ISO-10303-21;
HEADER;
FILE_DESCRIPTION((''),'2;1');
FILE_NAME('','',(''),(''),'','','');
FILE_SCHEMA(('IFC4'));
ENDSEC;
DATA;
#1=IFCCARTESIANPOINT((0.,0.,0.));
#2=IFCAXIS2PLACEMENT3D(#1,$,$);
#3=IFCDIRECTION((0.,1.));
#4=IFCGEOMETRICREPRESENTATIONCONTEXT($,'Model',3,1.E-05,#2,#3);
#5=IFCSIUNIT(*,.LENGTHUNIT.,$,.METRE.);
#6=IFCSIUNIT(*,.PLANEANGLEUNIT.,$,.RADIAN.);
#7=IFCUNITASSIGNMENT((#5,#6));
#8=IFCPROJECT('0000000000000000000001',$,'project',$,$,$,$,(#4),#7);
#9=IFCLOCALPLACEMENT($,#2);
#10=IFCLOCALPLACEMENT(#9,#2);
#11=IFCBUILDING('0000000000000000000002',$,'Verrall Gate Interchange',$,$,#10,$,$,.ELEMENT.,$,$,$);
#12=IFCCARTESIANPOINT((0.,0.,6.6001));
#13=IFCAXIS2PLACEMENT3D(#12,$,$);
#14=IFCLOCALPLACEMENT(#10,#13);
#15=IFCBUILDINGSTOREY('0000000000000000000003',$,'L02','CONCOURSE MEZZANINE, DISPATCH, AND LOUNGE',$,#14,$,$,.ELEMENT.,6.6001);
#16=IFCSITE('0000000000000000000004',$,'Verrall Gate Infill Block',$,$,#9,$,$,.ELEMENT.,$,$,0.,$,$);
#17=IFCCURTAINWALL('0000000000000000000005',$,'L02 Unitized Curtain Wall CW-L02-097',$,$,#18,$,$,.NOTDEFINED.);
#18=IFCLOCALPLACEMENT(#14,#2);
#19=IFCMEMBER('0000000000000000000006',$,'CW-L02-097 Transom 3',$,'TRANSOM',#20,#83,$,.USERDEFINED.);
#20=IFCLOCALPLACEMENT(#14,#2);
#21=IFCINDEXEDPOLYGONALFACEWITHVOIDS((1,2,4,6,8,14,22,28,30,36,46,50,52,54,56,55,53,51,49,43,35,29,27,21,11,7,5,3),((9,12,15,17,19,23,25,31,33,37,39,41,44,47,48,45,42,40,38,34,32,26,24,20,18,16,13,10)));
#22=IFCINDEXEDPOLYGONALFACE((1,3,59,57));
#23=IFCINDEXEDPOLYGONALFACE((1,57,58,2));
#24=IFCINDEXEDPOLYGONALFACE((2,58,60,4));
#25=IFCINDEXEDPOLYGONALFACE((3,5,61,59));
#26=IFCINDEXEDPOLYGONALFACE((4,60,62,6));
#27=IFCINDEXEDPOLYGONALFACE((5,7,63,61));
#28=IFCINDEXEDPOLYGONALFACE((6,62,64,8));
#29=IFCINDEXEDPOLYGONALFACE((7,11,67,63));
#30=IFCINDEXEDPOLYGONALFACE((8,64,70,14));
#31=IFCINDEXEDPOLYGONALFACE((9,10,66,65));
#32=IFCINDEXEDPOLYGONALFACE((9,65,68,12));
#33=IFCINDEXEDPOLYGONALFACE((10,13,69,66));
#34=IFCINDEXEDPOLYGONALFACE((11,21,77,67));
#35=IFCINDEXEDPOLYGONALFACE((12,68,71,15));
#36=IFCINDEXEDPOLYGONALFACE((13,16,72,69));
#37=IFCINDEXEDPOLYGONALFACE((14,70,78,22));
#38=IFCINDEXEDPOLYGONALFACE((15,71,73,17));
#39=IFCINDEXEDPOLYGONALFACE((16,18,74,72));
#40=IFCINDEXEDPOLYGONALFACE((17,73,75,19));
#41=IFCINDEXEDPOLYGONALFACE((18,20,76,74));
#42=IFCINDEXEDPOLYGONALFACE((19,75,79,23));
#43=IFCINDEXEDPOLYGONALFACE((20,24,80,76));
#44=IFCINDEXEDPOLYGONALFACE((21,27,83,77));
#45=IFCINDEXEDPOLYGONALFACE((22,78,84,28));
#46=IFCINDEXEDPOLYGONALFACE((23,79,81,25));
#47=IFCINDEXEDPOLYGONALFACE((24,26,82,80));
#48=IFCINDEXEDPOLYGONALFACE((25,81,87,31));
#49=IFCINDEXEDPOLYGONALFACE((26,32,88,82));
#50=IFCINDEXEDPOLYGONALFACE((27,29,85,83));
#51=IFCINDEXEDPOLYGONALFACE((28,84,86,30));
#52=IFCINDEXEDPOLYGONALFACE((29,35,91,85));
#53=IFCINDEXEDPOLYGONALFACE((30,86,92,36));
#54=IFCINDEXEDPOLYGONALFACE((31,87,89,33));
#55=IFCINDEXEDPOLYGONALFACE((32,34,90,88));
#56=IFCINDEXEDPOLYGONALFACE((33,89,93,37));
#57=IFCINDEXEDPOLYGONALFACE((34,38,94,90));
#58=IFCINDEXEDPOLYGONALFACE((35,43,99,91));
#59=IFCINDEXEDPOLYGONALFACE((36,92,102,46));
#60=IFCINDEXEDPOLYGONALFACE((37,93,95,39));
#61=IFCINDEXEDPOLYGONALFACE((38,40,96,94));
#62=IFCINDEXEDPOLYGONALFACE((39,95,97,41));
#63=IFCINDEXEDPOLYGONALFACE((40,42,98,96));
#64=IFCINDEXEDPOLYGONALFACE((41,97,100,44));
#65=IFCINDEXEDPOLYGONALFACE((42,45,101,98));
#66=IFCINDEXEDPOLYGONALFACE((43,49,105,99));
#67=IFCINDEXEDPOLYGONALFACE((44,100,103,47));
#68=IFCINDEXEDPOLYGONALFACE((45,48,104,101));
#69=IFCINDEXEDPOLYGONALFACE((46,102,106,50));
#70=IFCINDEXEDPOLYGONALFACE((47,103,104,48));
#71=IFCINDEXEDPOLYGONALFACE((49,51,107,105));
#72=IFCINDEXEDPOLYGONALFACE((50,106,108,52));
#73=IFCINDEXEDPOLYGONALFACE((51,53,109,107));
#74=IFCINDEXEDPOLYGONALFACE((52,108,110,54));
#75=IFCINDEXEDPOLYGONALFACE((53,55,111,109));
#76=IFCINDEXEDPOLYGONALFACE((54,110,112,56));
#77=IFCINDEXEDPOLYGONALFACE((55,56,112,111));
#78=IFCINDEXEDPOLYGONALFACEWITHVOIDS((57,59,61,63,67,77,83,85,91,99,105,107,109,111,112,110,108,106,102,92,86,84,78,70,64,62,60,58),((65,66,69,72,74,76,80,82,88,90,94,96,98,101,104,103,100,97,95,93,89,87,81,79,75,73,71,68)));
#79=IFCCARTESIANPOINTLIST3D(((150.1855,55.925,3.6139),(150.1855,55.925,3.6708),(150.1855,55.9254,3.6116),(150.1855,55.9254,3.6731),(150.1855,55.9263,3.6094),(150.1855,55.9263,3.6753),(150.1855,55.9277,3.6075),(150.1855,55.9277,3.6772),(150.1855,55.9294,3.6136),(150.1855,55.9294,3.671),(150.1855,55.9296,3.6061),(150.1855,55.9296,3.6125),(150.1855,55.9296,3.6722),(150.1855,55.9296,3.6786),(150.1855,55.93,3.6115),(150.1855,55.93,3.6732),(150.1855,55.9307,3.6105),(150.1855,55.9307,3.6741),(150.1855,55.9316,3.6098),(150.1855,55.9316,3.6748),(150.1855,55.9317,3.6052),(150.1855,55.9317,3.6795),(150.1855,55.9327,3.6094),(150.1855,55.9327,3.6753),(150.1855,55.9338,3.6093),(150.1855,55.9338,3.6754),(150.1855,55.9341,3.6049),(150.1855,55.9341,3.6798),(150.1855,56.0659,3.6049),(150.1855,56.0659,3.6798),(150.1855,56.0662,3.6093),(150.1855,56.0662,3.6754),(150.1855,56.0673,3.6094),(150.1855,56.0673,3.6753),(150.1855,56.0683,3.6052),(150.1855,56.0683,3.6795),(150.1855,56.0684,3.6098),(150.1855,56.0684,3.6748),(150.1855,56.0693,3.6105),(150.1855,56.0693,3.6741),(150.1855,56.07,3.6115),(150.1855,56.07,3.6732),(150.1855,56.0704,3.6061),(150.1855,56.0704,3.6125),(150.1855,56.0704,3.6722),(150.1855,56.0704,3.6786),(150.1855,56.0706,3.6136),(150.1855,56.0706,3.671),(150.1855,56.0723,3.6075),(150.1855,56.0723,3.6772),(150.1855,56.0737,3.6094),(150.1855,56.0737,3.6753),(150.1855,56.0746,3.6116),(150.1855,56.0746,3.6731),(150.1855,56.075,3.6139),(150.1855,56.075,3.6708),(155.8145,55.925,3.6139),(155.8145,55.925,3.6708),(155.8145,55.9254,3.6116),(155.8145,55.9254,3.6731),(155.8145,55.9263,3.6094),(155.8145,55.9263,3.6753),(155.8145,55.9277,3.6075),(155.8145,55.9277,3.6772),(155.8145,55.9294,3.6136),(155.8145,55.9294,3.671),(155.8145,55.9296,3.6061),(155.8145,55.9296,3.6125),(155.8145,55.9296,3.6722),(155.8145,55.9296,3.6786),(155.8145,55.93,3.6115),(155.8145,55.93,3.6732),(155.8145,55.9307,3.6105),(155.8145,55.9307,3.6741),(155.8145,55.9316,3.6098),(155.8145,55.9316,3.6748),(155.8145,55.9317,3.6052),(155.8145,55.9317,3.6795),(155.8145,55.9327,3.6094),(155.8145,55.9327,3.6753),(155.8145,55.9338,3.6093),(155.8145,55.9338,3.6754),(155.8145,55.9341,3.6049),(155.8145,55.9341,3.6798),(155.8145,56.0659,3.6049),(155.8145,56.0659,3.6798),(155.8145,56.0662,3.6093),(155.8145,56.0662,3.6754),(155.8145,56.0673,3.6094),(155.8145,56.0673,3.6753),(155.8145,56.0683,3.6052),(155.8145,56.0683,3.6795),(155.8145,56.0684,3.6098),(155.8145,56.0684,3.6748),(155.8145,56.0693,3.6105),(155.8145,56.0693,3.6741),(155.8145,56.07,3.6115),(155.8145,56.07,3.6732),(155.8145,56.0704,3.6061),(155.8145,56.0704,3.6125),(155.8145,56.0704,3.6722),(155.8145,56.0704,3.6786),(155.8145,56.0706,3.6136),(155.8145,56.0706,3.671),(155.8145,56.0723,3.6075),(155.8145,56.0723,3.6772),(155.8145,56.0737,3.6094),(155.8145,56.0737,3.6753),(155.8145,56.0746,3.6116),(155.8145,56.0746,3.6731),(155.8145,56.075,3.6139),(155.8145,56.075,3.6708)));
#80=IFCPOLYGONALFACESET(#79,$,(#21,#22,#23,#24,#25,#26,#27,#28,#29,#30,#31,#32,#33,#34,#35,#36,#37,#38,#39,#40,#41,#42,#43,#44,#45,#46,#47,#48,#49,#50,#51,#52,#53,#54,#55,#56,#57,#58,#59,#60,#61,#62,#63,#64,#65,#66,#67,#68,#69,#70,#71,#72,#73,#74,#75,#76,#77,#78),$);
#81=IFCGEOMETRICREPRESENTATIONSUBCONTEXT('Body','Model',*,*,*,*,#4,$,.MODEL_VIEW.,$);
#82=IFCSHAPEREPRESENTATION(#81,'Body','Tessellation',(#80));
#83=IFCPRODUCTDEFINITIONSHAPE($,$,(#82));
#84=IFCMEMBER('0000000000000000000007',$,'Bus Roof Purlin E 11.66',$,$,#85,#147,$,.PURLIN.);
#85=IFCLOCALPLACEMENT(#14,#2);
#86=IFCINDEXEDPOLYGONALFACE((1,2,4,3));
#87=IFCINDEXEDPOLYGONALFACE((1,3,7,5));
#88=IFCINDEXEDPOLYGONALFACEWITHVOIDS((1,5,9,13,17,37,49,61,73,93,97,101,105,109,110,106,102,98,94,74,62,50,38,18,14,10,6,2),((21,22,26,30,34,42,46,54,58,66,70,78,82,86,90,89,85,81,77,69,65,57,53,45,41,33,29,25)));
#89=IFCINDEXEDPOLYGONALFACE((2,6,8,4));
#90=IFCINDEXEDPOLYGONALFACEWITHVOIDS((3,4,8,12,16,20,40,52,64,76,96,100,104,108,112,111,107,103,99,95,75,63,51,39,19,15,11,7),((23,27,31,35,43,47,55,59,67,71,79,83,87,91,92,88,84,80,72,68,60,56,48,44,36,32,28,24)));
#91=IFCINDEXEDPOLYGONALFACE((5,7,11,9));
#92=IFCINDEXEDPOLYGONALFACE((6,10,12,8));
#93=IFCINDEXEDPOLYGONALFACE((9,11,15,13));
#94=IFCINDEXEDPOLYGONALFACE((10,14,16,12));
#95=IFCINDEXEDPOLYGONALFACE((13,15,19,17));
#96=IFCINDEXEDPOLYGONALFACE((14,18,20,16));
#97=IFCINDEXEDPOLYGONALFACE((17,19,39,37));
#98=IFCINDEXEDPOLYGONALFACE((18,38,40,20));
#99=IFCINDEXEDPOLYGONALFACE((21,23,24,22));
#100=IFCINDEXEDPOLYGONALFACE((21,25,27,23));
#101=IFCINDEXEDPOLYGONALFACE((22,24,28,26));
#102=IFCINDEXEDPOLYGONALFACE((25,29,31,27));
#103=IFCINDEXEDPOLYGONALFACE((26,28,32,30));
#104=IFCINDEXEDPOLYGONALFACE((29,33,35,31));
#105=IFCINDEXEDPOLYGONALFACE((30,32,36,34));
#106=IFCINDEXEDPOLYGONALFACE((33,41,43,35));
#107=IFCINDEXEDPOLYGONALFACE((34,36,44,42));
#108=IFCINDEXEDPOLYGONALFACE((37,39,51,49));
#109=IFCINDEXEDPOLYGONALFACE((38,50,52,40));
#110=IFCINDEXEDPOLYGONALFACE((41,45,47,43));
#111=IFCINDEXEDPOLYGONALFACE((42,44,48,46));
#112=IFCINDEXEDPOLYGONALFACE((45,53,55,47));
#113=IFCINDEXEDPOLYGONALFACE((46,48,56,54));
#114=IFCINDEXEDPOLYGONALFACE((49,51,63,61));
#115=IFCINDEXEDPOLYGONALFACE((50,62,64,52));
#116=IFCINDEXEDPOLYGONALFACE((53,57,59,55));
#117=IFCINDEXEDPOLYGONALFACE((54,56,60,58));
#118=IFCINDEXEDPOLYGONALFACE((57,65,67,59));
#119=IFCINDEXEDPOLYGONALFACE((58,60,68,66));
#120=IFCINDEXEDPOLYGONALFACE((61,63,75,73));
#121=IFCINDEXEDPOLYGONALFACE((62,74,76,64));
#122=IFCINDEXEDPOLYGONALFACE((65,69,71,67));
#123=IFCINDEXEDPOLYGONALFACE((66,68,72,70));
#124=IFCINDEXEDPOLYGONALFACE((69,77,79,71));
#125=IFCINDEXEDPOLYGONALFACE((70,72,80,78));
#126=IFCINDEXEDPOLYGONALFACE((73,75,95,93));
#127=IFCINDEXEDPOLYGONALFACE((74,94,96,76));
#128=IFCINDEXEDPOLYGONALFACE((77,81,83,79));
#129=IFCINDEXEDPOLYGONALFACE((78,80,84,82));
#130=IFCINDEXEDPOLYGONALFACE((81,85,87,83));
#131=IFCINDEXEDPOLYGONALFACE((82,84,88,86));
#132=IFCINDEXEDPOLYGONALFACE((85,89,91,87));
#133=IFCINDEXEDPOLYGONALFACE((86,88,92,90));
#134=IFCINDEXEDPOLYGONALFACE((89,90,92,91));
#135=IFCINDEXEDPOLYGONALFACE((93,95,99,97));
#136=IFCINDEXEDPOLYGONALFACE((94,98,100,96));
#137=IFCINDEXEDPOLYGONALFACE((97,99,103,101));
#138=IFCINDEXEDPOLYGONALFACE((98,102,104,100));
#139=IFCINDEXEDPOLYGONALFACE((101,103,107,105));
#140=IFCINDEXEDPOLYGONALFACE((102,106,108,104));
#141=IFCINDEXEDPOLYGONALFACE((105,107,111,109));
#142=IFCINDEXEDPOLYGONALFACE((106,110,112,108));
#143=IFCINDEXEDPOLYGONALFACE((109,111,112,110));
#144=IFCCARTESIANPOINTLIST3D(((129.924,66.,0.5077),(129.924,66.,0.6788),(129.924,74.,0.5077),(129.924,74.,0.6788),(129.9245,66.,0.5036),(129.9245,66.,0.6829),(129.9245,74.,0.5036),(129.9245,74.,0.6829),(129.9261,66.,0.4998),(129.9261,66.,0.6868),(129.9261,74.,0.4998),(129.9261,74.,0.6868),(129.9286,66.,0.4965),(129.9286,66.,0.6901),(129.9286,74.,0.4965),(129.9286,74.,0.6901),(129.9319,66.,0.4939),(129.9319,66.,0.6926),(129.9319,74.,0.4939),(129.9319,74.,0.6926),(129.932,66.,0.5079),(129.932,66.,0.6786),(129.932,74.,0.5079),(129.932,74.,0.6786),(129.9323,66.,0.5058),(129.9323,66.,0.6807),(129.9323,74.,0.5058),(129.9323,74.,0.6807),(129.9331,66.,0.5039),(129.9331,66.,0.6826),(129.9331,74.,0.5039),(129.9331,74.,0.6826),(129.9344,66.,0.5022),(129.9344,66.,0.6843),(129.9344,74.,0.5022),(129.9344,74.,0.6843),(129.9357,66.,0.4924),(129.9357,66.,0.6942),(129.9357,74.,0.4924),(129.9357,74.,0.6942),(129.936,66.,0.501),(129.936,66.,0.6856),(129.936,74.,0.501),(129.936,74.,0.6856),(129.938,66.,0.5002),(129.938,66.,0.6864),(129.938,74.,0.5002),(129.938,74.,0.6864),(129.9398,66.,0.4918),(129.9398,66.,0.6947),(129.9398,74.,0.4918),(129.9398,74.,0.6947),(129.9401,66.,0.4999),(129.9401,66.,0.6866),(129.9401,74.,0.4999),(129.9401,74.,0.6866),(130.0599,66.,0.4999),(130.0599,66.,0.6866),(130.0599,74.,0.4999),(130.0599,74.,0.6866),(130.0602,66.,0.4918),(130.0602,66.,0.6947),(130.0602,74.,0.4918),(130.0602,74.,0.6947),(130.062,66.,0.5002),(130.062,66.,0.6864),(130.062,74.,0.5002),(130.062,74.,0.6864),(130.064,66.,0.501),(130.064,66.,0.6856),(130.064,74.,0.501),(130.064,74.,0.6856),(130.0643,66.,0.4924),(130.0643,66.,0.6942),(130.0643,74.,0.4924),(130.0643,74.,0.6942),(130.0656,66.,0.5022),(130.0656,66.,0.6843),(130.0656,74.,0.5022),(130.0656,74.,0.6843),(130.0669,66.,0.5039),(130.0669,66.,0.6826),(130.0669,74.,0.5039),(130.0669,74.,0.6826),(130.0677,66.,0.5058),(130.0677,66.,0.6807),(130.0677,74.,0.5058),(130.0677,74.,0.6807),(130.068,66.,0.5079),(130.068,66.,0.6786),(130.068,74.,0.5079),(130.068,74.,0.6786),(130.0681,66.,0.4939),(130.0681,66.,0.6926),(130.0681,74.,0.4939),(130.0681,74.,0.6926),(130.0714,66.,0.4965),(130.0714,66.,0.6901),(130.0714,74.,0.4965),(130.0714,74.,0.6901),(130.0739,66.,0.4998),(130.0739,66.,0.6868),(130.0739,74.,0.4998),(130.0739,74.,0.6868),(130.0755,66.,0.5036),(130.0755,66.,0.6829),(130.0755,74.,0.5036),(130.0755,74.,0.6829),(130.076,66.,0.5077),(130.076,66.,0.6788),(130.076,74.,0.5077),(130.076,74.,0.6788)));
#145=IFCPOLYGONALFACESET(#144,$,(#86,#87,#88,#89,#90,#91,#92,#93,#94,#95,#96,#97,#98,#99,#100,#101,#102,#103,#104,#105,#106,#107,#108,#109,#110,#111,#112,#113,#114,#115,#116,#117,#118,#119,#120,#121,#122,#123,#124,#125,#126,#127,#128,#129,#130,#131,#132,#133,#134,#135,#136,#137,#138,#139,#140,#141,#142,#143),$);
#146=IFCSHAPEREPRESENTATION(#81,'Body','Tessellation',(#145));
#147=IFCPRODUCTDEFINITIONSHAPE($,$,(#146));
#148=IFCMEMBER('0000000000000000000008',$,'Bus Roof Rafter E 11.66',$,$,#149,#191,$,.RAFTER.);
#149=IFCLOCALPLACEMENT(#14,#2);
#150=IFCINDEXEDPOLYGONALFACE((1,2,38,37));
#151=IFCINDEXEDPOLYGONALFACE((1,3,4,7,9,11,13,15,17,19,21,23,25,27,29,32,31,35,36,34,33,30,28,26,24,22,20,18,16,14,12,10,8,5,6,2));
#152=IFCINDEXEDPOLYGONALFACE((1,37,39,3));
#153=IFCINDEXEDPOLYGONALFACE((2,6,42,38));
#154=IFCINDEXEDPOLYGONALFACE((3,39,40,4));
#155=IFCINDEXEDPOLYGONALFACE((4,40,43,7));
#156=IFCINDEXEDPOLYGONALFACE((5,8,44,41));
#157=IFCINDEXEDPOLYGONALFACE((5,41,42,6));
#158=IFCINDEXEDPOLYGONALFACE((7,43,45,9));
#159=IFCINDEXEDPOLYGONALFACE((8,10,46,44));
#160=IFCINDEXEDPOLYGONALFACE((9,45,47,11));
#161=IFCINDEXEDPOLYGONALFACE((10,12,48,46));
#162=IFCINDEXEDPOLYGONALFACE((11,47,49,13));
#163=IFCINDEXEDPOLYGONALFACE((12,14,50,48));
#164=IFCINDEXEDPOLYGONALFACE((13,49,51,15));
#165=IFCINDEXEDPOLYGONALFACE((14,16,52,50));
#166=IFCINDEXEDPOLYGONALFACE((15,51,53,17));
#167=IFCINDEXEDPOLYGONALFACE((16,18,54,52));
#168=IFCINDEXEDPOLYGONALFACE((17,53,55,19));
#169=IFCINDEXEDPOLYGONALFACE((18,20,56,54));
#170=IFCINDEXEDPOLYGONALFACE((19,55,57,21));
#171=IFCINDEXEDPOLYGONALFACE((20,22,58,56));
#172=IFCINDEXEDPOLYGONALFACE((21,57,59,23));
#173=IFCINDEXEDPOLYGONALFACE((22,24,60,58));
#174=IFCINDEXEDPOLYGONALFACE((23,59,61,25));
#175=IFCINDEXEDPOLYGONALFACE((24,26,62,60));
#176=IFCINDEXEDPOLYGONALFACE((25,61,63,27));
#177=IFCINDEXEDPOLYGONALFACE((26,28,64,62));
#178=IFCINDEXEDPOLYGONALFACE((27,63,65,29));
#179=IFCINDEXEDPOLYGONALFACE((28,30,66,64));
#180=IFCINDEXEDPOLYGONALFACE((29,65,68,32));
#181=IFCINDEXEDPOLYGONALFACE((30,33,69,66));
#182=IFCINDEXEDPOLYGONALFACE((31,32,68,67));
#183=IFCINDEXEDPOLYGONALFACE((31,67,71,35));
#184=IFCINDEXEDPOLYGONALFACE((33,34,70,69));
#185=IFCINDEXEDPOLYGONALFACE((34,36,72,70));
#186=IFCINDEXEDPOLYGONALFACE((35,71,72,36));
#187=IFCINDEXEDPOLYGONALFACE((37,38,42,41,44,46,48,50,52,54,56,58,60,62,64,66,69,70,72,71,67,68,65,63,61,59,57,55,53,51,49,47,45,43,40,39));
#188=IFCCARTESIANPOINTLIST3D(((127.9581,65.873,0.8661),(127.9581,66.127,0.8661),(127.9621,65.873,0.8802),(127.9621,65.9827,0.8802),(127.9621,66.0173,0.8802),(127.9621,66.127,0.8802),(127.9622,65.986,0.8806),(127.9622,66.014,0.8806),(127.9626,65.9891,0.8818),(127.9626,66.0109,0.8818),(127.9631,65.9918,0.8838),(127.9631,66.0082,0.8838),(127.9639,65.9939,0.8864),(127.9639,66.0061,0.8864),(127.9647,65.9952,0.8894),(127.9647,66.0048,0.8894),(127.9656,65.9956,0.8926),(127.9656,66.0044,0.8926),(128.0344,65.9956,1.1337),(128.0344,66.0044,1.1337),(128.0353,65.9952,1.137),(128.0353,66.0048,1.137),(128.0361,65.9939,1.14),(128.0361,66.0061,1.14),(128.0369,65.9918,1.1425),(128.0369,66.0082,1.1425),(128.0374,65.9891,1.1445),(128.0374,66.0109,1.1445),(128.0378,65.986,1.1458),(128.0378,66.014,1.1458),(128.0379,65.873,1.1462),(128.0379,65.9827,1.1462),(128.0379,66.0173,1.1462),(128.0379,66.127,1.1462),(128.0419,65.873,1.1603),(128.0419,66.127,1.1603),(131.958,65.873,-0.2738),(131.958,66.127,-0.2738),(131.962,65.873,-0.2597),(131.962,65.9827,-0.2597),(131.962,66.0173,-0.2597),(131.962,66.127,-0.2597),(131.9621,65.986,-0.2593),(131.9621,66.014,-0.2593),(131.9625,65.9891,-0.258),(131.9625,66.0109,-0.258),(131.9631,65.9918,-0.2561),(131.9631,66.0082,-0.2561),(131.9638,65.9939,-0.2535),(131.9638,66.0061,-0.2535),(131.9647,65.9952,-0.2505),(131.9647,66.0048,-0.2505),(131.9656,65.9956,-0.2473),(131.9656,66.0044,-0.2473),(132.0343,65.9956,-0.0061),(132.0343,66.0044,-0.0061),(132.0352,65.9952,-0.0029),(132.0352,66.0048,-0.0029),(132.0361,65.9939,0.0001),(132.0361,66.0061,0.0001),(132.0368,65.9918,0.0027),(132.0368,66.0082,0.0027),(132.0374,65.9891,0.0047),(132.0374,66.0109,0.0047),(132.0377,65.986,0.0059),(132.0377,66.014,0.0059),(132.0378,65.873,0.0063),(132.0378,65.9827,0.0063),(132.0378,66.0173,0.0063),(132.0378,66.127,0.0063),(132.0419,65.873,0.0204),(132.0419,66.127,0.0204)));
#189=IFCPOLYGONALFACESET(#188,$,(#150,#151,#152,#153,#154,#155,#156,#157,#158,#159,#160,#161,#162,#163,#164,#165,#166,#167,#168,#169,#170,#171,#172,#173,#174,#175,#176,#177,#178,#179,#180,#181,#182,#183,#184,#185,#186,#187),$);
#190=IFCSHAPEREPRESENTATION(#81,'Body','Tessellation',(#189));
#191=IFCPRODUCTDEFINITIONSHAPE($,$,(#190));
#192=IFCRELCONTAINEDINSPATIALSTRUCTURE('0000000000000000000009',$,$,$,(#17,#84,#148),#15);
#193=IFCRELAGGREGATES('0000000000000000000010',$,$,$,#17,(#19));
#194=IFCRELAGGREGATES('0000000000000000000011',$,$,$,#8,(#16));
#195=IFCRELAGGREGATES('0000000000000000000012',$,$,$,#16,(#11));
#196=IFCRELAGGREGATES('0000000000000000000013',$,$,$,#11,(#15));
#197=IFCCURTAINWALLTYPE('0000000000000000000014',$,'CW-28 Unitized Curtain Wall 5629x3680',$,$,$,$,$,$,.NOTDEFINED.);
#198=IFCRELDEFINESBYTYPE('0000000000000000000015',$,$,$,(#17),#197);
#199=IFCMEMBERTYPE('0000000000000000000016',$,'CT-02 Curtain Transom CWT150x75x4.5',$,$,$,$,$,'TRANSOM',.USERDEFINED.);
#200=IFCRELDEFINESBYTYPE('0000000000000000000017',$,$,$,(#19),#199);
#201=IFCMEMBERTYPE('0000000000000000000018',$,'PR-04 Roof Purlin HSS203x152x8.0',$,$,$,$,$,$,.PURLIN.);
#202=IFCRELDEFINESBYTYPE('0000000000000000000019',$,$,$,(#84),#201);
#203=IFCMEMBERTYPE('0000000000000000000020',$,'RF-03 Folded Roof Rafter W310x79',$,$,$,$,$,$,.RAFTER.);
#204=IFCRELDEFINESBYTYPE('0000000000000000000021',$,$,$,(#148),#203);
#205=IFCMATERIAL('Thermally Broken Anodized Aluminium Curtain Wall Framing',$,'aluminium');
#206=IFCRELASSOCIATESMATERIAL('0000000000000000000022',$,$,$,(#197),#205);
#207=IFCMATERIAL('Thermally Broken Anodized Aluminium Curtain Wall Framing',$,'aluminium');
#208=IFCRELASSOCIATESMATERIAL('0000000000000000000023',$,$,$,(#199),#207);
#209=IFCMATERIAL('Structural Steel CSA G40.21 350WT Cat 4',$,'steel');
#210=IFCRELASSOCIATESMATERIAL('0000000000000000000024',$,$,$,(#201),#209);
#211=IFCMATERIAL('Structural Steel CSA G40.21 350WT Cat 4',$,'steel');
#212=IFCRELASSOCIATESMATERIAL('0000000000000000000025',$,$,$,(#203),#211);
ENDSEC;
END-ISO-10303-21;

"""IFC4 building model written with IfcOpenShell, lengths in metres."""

from ifc_helpers import new_model, si_unit, direction, frame, origin, origin_2d, place, context, subcontext, project, spatial, hollow_rectangle, i_section, extrude, material, material_profile, profile_set, type_object, element, aggregate, save


model = new_model("IFC4")

# Units and contexts
model_context = context("Model", 3, precision=1e-05, world=origin(), true_north=direction((0.0, 1.0)))
body_context = subcontext(model_context, "Body", "Model", "MODEL_VIEW")
ifc_project = project(units=[si_unit("LENGTHUNIT", "METRE"), si_unit("PLANEANGLEUNIT", "RADIAN")], contexts=[model_context])

# Site, building, storey
site_placement = place(None, origin())
site = spatial("IfcSite", under=ifc_project, at=site_placement, Name="Verrall Gate Infill Block", CompositionType="ELEMENT", RefElevation=0.0)
building_placement = place(site_placement, origin())
building = spatial("IfcBuilding", under=site, at=building_placement, Name="Verrall Gate Interchange", CompositionType="ELEMENT")
storey_placement = place(building_placement, frame((0.0, 0.0, 6.6001)))
storey = spatial("IfcBuildingStorey", under=building, at=storey_placement, Name="L02", Description="CONCOURSE MEZZANINE, DISPATCH, AND LOUNGE", CompositionType="ELEMENT", Elevation=6.6001)

# Curtain wall
ifc_material_1 = material(Name="Thermally Broken Anodized Aluminium Curtain Wall Framing", Category="aluminium")
curtain_wall_type = type_object("IfcCurtainWallType", Name="CW-28 Unitized Curtain Wall 5629x3680", PredefinedType="NOTDEFINED", material=ifc_material_1)
curtain_wall_1_placement = place(storey_placement, origin())
curtain_wall_1 = element("IfcCurtainWall", 1, at=curtain_wall_1_placement, inside=storey, type_object=curtain_wall_type, Name="L02 Unitized Curtain Wall CW-L02-097", PredefinedType="NOTDEFINED")

# Member
ifc_material_2 = material(Name="Thermally Broken Anodized Aluminium Curtain Wall Framing", Category="aluminium")
ifc_material_profile_1 = material_profile(ifc_material_2, hollow_rectangle(XDim=0.1499, YDim=0.075, WallThickness=0.0044, InnerFilletRadius=0.0044, OuterFilletRadius=0.009, at=origin_2d()), Name="CWT150x75x4.5")
ifc_profile_set_1 = profile_set([ifc_material_profile_1], Name="Thermally Broken Anodized Aluminium Curtain Wall Framing")
member_type_1 = type_object("IfcMemberType", Name="CT-02 Curtain Transom CWT150x75x4.5", ElementType="TRANSOM", PredefinedType="USERDEFINED", material=ifc_profile_set_1)
member_1_placement = place(storey_placement, frame((155.8145, 56.0, 3.6423), z_axis=(-1.0, 0.0, 0.0), x_axis=(0.0, -1.0, 0.0)))
member_1 = element("IfcMember", 2, at=member_1_placement, type_object=member_type_1, Name="CW-L02-097 Transom 3", ObjectType="TRANSOM", PredefinedType="USERDEFINED", context=body_context, shape_type="SweptSolid", body=[
    extrude(hollow_rectangle(XDim=0.1499, YDim=0.075, WallThickness=0.0044, InnerFilletRadius=0.0044, OuterFilletRadius=0.009, at=origin_2d()), origin(), (0.0, 0.0, 1.0), 5.6289),
])

# Members
ifc_material_3 = material(Name="Structural Steel CSA G40.21 350WT Cat 4", Category="steel")
ifc_material_profile_2 = material_profile(ifc_material_3, hollow_rectangle(XDim=0.1521, YDim=0.2029, WallThickness=0.0081, InnerFilletRadius=0.0081, OuterFilletRadius=0.0159, at=origin_2d()), Name="HSS203x152x8.0")
ifc_profile_set_2 = profile_set([ifc_material_profile_2], Name="Structural Steel CSA G40.21 350WT Cat 4")
member_type_2 = type_object("IfcMemberType", Name="PR-04 Roof Purlin HSS203x152x8.0", PredefinedType="PURLIN", material=ifc_profile_set_2)
member_2_placement = place(storey_placement, frame((130.0, 66.0, 0.5933), z_axis=(0.0, 1.0, 0.0), x_axis=(-1.0, 0.0, 0.0)))
element("IfcMember", 3, at=member_2_placement, inside=storey, type_object=member_type_2, Name="Bus Roof Purlin E 11.66", PredefinedType="PURLIN", context=body_context, shape_type="SweptSolid", body=[
    extrude(hollow_rectangle(XDim=0.1521, YDim=0.2029, WallThickness=0.0081, InnerFilletRadius=0.0081, OuterFilletRadius=0.0159, at=origin_2d()), origin(), (0.0, 0.0, 1.0), 8.0),
])
ifc_material_4 = material(Name="Structural Steel CSA G40.21 350WT Cat 4", Category="steel")
ifc_material_profile_3 = material_profile(ifc_material_4, i_section(OverallWidth=0.2539, OverallDepth=0.3059, WebThickness=0.0088, FlangeThickness=0.0146, FilletRadius=0.0129, at=origin_2d()), Name="W310x79")
ifc_profile_set_3 = profile_set([ifc_material_profile_3], Name="Structural Steel CSA G40.21 350WT Cat 4")
member_type_3 = type_object("IfcMemberType", Name="RF-03 Folded Roof Rafter W310x79", PredefinedType="RAFTER", material=ifc_profile_set_3)
member_3_placement = place(storey_placement, frame((128.0, 66.0, 1.0132), z_axis=(0.961712, 0.0, -0.274062), x_axis=(0.0, 1.0, 0.0)))
element("IfcMember", 4, at=member_3_placement, inside=storey, type_object=member_type_3, Name="Bus Roof Rafter E 11.66", PredefinedType="RAFTER", context=body_context, shape_type="SweptSolid", body=[
    extrude(i_section(OverallWidth=0.2539, OverallDepth=0.3059, WebThickness=0.0088, FlangeThickness=0.0146, FilletRadius=0.0129, at=origin_2d()), origin(), (0.0, 0.0, 1.0), 4.1592),
])

aggregate(curtain_wall_1, [member_1])

save(model, "model.ifc")
